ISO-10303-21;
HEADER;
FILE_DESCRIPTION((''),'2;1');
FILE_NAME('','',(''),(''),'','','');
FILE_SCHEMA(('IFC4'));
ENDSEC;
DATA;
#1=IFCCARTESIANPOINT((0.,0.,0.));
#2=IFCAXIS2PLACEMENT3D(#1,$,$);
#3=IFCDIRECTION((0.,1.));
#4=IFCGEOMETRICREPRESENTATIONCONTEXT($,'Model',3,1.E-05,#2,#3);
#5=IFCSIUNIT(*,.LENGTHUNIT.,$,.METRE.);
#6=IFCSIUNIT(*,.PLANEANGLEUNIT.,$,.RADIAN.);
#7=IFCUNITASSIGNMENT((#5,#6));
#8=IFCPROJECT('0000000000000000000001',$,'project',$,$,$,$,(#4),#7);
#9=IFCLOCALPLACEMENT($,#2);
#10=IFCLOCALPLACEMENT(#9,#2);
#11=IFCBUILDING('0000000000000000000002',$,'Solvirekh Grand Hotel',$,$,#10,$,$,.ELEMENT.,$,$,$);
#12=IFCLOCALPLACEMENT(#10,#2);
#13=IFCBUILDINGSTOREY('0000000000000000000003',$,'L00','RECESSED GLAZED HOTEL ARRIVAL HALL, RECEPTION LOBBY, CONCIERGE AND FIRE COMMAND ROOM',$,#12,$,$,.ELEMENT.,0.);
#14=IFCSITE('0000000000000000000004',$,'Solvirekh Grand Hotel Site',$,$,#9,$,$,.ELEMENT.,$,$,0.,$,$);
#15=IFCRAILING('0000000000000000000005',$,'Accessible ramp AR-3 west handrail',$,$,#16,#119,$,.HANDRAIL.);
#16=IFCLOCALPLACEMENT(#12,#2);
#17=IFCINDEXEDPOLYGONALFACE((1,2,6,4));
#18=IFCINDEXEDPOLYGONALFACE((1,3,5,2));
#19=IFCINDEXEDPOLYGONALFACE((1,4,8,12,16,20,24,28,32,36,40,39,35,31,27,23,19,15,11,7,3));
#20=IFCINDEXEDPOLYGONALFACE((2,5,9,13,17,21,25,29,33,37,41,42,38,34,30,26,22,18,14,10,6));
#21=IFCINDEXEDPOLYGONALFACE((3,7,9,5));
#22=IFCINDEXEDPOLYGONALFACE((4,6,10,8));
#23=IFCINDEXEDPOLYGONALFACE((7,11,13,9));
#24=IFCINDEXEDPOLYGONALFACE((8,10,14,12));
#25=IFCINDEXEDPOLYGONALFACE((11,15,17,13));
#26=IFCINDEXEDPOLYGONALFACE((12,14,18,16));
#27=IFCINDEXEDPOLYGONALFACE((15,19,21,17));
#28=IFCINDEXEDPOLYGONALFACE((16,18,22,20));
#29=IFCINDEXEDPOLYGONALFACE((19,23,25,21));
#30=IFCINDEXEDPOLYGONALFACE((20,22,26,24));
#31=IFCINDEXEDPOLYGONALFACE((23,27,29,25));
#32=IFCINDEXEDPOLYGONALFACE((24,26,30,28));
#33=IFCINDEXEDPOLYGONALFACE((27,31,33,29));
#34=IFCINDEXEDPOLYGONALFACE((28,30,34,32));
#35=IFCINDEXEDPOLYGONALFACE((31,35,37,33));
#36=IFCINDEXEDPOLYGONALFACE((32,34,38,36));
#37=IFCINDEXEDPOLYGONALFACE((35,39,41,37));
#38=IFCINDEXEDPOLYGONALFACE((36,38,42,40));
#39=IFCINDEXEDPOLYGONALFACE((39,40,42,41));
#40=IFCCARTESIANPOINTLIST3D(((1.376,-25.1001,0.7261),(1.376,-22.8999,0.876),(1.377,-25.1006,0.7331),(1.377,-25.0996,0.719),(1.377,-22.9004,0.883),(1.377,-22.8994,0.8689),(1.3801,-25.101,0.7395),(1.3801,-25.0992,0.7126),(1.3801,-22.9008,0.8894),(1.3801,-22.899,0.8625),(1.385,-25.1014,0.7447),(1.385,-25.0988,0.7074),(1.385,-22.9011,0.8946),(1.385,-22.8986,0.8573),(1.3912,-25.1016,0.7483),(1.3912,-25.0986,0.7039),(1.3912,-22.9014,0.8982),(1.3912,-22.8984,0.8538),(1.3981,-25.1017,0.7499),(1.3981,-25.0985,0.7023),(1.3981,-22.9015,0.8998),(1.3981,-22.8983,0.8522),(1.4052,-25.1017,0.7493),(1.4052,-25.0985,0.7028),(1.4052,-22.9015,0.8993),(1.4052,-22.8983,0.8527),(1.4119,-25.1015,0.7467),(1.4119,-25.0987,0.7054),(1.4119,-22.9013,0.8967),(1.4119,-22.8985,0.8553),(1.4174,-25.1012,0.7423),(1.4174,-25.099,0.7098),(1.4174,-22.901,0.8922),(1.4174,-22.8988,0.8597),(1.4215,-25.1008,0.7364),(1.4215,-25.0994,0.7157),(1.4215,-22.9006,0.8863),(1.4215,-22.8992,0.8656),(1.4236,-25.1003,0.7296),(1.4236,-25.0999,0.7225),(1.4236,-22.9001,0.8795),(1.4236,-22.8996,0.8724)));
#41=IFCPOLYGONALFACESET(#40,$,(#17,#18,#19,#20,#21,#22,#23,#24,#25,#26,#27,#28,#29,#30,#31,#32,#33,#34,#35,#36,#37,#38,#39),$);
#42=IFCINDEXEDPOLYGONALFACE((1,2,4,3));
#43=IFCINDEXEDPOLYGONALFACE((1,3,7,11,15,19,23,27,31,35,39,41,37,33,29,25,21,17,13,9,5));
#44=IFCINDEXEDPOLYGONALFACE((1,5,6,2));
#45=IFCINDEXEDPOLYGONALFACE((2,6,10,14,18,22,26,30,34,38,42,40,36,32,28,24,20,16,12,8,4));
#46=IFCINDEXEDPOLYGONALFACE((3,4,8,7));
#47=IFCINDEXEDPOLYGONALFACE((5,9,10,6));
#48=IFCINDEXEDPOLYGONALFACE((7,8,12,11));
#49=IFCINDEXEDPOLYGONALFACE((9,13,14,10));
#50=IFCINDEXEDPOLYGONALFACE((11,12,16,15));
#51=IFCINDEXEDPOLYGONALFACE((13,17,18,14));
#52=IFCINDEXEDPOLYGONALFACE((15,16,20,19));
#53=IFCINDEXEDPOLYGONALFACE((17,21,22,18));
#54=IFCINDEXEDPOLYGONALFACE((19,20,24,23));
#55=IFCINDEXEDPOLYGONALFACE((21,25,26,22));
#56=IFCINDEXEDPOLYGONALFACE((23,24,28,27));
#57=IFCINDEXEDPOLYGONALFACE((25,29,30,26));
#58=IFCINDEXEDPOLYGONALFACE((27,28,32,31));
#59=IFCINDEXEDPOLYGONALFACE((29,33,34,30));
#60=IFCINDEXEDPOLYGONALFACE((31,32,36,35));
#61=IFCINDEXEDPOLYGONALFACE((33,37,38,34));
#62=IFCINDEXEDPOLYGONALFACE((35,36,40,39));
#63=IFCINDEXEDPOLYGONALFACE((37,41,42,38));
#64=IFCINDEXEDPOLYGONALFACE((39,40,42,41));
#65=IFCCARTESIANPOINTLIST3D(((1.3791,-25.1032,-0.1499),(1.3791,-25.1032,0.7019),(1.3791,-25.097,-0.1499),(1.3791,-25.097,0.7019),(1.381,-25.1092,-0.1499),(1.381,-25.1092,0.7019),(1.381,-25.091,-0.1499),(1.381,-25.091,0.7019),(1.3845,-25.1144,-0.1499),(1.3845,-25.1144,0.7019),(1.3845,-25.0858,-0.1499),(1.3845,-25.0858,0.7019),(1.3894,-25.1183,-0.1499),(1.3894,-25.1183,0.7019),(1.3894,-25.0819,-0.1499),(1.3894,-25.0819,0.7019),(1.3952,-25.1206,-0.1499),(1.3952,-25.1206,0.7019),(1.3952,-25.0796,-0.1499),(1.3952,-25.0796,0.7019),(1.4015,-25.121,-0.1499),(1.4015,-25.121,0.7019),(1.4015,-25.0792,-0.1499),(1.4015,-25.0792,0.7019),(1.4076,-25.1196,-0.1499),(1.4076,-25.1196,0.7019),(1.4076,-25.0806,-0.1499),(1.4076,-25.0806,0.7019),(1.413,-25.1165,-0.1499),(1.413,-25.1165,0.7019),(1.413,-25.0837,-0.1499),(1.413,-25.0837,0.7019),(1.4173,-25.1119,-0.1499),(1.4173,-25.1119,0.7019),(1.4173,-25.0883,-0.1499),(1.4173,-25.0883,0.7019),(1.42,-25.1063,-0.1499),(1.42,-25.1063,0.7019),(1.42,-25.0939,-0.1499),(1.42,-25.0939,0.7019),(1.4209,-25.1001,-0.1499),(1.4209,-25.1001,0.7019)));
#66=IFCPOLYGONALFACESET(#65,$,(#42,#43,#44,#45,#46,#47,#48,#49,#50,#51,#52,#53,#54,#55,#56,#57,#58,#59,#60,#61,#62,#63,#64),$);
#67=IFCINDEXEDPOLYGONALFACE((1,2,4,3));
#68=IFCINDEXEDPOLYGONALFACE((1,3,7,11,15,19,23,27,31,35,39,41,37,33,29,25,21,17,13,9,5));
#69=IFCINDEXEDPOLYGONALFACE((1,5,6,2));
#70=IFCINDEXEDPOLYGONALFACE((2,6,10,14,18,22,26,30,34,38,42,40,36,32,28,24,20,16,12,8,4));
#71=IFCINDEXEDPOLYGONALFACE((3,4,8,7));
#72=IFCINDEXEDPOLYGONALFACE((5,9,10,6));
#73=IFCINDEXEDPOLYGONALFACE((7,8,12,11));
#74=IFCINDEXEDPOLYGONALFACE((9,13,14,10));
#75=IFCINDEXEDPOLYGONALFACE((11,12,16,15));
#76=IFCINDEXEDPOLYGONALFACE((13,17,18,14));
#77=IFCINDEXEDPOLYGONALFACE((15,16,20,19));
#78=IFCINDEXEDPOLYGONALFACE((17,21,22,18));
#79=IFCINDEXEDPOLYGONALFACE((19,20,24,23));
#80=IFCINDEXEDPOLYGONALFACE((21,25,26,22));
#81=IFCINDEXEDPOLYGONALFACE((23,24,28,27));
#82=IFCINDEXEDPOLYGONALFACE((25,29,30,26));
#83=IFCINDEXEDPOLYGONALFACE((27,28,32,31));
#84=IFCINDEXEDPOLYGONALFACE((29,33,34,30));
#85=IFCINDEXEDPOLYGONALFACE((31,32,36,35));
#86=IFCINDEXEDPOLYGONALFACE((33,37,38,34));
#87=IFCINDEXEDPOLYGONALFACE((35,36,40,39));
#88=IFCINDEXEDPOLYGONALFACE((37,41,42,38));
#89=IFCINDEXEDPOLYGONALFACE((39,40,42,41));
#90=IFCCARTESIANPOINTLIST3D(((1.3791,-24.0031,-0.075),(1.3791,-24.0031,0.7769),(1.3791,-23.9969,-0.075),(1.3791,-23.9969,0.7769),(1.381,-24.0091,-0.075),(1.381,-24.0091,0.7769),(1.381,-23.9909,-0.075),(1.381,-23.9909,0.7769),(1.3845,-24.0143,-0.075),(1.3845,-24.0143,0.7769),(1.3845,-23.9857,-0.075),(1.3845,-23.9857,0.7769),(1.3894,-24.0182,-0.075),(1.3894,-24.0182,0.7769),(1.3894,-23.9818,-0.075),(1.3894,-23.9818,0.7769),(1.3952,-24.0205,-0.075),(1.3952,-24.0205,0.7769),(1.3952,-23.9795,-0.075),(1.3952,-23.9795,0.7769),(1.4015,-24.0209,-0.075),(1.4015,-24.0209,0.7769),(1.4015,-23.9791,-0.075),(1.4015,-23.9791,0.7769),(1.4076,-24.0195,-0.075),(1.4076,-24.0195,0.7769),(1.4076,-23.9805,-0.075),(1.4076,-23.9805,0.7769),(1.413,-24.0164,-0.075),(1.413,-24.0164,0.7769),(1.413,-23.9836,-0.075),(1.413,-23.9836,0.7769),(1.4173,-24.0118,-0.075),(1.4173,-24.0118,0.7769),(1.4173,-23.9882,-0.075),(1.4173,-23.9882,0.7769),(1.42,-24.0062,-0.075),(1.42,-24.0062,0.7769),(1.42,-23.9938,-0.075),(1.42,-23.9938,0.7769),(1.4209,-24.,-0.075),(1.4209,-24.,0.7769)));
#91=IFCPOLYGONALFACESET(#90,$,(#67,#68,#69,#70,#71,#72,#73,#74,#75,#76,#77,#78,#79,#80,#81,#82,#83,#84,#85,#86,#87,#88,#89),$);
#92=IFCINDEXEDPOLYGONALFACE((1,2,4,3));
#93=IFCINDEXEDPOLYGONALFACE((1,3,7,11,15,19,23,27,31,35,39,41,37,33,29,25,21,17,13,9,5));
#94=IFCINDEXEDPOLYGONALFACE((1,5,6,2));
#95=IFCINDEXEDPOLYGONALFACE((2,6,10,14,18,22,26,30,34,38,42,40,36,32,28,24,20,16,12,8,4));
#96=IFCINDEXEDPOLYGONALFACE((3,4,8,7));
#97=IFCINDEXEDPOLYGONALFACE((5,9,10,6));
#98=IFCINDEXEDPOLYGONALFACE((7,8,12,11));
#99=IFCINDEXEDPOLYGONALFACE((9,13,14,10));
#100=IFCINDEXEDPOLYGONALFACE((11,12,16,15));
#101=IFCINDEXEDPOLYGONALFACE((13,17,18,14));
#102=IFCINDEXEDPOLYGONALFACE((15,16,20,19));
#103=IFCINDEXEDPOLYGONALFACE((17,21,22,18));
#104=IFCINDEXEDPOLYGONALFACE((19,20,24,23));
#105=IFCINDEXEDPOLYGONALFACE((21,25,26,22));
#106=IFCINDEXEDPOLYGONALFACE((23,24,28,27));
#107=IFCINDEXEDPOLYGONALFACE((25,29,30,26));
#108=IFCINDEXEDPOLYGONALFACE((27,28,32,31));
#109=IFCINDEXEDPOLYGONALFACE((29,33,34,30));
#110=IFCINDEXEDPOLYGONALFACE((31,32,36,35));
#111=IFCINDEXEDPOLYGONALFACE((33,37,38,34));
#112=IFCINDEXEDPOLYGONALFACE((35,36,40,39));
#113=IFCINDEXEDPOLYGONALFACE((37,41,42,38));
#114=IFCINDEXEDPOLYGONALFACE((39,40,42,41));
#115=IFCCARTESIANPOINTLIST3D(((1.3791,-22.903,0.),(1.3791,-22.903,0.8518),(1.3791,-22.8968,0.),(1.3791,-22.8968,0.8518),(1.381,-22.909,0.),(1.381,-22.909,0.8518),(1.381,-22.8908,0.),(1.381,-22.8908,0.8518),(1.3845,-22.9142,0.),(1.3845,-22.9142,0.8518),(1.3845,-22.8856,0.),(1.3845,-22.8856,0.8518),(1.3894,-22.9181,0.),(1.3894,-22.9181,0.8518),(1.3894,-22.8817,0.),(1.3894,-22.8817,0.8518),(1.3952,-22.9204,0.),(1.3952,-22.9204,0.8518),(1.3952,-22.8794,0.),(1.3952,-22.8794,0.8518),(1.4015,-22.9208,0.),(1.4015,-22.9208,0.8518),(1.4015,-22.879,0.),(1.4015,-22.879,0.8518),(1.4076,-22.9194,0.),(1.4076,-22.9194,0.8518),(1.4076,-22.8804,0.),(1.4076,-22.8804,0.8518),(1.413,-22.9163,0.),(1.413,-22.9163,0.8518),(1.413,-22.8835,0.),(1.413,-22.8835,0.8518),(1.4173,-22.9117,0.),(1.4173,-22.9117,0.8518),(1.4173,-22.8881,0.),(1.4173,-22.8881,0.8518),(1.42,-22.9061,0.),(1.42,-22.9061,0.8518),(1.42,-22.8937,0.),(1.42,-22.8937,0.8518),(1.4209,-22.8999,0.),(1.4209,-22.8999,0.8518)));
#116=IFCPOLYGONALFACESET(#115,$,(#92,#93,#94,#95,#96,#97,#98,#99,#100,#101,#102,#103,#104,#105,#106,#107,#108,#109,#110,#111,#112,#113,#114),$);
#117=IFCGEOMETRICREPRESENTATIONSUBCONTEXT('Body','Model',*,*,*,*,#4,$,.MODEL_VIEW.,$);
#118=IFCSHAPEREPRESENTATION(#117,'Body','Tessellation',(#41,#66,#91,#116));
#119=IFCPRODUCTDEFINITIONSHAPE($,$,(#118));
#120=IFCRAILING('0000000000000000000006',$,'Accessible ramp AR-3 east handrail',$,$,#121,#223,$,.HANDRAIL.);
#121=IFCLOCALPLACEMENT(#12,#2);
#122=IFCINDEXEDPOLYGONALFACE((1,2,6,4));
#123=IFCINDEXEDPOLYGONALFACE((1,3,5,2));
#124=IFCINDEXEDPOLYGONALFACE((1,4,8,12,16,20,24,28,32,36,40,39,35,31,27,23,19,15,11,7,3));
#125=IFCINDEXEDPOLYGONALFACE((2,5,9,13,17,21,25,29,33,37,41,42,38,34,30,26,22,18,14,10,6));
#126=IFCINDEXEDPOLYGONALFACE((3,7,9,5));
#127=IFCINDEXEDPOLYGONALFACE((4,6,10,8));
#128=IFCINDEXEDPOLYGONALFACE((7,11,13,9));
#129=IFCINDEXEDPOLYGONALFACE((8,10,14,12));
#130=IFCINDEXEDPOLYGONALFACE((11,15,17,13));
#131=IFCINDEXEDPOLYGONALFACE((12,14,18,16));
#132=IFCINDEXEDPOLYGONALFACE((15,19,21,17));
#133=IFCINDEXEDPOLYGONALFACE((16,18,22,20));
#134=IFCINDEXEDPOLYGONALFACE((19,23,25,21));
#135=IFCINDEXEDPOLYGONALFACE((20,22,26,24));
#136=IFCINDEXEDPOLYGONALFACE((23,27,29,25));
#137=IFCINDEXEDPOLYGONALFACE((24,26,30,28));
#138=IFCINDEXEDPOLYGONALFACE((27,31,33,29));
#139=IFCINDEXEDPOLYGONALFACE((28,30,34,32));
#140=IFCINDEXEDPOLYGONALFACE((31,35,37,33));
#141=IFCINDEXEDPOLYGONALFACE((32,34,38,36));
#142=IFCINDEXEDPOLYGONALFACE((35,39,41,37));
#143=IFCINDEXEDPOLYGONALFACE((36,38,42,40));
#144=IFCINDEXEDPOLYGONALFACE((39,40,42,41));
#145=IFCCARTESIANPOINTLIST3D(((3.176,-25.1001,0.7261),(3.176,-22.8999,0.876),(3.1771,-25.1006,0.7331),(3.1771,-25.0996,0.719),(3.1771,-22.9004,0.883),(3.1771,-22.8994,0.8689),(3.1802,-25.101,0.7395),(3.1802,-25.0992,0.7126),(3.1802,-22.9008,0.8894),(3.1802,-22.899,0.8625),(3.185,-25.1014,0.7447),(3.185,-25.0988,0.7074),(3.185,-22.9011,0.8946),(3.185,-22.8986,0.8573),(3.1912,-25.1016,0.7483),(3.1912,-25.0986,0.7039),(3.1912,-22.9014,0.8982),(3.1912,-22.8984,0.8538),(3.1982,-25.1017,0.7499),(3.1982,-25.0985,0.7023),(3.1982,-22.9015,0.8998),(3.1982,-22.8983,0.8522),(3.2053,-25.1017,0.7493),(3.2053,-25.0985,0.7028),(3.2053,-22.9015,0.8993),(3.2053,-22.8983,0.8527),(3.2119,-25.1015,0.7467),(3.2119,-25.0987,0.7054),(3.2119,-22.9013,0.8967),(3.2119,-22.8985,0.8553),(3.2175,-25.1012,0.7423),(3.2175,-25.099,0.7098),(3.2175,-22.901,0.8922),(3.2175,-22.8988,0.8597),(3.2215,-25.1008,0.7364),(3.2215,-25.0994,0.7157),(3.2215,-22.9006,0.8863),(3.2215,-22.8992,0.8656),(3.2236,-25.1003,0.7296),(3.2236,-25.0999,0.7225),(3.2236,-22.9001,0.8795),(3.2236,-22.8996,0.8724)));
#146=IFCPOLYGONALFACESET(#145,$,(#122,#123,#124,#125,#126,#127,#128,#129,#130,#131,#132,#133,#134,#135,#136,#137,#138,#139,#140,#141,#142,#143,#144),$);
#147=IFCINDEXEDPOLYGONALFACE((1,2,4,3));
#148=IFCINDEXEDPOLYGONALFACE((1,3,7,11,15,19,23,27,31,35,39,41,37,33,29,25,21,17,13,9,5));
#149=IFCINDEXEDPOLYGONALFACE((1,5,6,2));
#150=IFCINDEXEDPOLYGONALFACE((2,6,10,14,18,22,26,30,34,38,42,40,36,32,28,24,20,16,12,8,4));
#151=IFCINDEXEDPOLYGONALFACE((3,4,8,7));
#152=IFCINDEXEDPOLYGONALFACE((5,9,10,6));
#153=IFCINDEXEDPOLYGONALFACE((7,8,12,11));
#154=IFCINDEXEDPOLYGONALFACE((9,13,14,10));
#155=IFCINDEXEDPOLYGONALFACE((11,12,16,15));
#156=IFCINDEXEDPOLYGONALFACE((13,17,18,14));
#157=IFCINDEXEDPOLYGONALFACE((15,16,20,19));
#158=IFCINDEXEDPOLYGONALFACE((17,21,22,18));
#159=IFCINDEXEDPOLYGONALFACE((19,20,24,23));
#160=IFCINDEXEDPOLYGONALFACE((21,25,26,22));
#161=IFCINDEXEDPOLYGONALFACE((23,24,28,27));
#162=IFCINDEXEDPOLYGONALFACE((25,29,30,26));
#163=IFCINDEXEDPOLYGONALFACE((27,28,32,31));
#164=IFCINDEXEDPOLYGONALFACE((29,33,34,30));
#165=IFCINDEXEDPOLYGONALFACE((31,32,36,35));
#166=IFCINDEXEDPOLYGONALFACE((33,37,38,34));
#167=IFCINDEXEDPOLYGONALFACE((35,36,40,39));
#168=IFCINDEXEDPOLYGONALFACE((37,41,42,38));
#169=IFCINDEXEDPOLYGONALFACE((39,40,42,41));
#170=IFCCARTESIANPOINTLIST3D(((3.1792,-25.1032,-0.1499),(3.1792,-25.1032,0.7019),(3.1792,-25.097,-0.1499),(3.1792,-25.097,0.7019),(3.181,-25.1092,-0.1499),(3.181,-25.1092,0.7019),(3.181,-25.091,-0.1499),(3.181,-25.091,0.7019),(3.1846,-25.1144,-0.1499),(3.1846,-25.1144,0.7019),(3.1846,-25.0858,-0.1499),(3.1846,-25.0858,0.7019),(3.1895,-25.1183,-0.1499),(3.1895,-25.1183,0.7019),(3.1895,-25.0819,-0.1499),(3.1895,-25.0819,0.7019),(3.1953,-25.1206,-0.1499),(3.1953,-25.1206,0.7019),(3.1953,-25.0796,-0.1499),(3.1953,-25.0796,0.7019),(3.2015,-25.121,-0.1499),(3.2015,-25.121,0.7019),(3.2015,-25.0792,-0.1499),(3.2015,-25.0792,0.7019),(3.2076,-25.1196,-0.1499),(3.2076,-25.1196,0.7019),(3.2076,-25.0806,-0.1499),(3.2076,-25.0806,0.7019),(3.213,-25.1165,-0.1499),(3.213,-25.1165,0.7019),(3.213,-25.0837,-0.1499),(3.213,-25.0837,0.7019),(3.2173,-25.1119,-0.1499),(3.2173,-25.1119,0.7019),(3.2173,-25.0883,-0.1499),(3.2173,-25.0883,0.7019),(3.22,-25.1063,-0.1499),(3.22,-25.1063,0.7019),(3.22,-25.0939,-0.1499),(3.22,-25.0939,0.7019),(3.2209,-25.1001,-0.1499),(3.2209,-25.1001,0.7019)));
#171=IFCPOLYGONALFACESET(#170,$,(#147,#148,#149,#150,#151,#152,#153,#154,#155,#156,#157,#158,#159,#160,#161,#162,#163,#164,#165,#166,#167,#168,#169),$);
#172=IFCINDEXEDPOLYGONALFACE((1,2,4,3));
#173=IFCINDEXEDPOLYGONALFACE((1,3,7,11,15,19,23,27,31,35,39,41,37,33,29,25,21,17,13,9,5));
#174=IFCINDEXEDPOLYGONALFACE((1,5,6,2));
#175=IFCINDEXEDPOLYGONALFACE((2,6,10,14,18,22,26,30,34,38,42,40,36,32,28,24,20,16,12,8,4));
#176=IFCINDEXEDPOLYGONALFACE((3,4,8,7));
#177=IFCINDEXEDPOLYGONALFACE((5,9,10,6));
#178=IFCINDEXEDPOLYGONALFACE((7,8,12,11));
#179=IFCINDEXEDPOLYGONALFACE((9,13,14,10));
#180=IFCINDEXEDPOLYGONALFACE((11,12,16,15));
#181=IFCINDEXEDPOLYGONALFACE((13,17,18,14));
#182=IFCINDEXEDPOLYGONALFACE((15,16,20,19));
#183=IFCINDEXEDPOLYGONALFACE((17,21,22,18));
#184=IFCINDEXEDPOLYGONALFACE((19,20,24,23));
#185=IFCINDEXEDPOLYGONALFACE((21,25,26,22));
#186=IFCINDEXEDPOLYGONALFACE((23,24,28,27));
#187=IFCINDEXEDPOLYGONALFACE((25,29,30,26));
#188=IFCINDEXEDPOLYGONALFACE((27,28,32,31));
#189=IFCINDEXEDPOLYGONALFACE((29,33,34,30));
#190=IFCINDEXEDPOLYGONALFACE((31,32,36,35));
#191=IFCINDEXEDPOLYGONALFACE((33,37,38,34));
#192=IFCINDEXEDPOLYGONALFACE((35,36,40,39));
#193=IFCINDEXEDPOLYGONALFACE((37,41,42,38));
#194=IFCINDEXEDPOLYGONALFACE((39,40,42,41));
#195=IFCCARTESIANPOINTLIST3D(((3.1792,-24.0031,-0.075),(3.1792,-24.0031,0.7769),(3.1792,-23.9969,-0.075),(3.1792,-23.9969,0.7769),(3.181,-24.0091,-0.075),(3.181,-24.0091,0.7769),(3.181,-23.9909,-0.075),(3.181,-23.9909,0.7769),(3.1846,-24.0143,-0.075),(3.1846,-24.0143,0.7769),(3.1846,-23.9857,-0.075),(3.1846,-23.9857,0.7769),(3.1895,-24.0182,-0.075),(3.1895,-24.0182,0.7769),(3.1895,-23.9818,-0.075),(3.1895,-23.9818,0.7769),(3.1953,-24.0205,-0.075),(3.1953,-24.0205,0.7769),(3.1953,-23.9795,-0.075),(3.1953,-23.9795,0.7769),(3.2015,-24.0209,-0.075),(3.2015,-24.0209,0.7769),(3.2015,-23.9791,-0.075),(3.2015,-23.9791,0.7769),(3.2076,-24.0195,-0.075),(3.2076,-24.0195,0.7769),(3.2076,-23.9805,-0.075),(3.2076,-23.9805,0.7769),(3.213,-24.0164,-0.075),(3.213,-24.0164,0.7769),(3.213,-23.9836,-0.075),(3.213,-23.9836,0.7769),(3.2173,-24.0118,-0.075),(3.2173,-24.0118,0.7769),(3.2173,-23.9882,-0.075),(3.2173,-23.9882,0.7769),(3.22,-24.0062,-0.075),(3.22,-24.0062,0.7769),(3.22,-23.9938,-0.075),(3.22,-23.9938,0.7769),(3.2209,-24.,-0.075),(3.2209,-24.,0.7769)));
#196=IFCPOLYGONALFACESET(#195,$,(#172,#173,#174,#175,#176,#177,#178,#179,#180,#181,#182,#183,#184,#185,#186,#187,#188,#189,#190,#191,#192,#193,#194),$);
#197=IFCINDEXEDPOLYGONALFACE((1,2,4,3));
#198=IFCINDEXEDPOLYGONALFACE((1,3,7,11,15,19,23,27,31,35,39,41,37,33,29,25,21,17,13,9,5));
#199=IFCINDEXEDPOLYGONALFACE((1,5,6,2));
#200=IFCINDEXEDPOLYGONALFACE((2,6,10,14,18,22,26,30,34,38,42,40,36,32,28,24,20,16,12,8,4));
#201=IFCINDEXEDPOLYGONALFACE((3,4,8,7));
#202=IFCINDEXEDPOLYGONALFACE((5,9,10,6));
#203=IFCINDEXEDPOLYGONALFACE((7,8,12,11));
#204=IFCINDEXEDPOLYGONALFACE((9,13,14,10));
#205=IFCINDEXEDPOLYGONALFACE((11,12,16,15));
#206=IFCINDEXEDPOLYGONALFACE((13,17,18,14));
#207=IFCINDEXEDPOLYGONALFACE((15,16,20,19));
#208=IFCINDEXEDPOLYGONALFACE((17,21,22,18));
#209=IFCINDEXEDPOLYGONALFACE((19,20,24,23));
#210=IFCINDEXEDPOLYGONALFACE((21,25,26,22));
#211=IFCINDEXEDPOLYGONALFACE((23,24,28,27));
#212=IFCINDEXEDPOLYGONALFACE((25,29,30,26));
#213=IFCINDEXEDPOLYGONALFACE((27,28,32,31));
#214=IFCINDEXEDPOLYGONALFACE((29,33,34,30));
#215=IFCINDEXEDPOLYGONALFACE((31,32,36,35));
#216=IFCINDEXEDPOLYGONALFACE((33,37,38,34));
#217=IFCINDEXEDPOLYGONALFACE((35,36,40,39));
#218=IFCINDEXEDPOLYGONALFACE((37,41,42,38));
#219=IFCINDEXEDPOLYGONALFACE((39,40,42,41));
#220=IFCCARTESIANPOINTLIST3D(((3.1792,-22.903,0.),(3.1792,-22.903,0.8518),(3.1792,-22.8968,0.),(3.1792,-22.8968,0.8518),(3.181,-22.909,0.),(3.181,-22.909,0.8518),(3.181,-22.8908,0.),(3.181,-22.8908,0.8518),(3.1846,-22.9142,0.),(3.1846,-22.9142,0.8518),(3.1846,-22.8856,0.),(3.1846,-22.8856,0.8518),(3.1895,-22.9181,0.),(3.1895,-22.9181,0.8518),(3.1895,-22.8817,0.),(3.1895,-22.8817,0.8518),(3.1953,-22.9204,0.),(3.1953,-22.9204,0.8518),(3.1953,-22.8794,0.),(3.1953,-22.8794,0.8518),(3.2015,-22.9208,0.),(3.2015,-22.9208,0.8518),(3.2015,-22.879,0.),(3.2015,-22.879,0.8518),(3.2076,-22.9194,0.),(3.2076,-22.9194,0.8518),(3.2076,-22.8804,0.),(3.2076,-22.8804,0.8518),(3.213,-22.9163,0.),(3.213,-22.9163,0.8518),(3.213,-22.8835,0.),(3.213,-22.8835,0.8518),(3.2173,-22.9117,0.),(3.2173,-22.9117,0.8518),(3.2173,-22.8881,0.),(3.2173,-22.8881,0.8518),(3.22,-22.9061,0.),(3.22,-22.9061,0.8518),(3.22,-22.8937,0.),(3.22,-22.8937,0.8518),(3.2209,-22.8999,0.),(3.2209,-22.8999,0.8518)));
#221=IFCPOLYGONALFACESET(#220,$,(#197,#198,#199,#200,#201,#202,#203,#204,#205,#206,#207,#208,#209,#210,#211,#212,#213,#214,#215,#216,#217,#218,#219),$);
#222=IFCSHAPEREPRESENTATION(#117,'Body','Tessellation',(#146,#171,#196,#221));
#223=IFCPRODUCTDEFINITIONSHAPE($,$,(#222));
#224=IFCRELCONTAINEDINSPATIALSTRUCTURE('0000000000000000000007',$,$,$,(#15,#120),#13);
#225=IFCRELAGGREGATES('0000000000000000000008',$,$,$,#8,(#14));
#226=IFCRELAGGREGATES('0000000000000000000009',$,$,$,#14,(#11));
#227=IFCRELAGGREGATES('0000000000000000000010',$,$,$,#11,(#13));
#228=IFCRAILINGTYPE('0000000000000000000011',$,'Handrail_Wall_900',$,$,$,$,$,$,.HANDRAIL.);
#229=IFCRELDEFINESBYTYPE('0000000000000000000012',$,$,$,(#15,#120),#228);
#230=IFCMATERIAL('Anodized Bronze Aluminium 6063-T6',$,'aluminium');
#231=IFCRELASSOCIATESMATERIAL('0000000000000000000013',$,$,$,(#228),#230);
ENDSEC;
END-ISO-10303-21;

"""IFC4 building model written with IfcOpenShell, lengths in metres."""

from ifc_helpers import new_model, si_unit, direction, frame, origin, origin_2d, place, context, subcontext, project, spatial, circle, extrude, material, type_object, element, save


model = new_model("IFC4")

# Units and contexts
model_context = context("Model", 3, precision=1e-05, world=origin(), true_north=direction((0.0, 1.0)))
body_context = subcontext(model_context, "Body", "Model", "MODEL_VIEW")
ifc_project = project(units=[si_unit("LENGTHUNIT", "METRE"), si_unit("PLANEANGLEUNIT", "RADIAN")], contexts=[model_context])

# Site, building, storey
site_placement = place(None, origin())
site = spatial("IfcSite", under=ifc_project, at=site_placement, Name="Solvirekh Grand Hotel Site", CompositionType="ELEMENT", RefElevation=0.0)
building_placement = place(site_placement, origin())
building = spatial("IfcBuilding", under=site, at=building_placement, Name="Solvirekh Grand Hotel", CompositionType="ELEMENT")
storey_placement = place(building_placement, origin())
storey = spatial("IfcBuildingStorey", under=building, at=storey_placement, Name="L00", Description="RECESSED GLAZED HOTEL ARRIVAL HALL, RECEPTION LOBBY, CONCIERGE AND FIRE COMMAND ROOM", CompositionType="ELEMENT", Elevation=0.0)

# Shared definitions
ifc_material_1 = material(Name="Anodized Bronze Aluminium 6063-T6", Category="aluminium")

# Railings
railing_type_1 = type_object("IfcRailingType", Name="Handrail_Wall_900", PredefinedType="HANDRAIL", material=ifc_material_1)
for number, where, name in (
    (1, (1.3999, -25.1001, -0.1499), "Accessible ramp AR-3 west handrail"),
    (2, (3.2, -25.1001, -0.1499), "Accessible ramp AR-3 east handrail"),
):
    element("IfcRailing", number, at=place(storey_placement, frame(where)), inside=storey, type_object=railing_type_1, Name=name, PredefinedType="HANDRAIL", context=body_context, shape_type="SweptSolid", body=[
        extrude(circle(Radius=0.0239, at=origin_2d()), frame((0.0, 0.0, 0.876), z_axis=(0.0, 0.997687, 0.067974), x_axis=(-1.0, 0.0, 0.0)), (0.0, 0.0, 1.0), 2.2053),
        extrude(circle(Radius=0.021, at=origin_2d()), origin(), (0.0, 0.0, 1.0), 0.8518),
        extrude(circle(Radius=0.021, at=origin_2d()), frame((0.0, 1.1001, 0.075)), (0.0, 0.0, 1.0), 0.8518),
        extrude(circle(Radius=0.021, at=origin_2d()), frame((0.0, 2.2002, 0.1499)), (0.0, 0.0, 1.0), 0.8518),
    ])

save(model, "model.ifc")
